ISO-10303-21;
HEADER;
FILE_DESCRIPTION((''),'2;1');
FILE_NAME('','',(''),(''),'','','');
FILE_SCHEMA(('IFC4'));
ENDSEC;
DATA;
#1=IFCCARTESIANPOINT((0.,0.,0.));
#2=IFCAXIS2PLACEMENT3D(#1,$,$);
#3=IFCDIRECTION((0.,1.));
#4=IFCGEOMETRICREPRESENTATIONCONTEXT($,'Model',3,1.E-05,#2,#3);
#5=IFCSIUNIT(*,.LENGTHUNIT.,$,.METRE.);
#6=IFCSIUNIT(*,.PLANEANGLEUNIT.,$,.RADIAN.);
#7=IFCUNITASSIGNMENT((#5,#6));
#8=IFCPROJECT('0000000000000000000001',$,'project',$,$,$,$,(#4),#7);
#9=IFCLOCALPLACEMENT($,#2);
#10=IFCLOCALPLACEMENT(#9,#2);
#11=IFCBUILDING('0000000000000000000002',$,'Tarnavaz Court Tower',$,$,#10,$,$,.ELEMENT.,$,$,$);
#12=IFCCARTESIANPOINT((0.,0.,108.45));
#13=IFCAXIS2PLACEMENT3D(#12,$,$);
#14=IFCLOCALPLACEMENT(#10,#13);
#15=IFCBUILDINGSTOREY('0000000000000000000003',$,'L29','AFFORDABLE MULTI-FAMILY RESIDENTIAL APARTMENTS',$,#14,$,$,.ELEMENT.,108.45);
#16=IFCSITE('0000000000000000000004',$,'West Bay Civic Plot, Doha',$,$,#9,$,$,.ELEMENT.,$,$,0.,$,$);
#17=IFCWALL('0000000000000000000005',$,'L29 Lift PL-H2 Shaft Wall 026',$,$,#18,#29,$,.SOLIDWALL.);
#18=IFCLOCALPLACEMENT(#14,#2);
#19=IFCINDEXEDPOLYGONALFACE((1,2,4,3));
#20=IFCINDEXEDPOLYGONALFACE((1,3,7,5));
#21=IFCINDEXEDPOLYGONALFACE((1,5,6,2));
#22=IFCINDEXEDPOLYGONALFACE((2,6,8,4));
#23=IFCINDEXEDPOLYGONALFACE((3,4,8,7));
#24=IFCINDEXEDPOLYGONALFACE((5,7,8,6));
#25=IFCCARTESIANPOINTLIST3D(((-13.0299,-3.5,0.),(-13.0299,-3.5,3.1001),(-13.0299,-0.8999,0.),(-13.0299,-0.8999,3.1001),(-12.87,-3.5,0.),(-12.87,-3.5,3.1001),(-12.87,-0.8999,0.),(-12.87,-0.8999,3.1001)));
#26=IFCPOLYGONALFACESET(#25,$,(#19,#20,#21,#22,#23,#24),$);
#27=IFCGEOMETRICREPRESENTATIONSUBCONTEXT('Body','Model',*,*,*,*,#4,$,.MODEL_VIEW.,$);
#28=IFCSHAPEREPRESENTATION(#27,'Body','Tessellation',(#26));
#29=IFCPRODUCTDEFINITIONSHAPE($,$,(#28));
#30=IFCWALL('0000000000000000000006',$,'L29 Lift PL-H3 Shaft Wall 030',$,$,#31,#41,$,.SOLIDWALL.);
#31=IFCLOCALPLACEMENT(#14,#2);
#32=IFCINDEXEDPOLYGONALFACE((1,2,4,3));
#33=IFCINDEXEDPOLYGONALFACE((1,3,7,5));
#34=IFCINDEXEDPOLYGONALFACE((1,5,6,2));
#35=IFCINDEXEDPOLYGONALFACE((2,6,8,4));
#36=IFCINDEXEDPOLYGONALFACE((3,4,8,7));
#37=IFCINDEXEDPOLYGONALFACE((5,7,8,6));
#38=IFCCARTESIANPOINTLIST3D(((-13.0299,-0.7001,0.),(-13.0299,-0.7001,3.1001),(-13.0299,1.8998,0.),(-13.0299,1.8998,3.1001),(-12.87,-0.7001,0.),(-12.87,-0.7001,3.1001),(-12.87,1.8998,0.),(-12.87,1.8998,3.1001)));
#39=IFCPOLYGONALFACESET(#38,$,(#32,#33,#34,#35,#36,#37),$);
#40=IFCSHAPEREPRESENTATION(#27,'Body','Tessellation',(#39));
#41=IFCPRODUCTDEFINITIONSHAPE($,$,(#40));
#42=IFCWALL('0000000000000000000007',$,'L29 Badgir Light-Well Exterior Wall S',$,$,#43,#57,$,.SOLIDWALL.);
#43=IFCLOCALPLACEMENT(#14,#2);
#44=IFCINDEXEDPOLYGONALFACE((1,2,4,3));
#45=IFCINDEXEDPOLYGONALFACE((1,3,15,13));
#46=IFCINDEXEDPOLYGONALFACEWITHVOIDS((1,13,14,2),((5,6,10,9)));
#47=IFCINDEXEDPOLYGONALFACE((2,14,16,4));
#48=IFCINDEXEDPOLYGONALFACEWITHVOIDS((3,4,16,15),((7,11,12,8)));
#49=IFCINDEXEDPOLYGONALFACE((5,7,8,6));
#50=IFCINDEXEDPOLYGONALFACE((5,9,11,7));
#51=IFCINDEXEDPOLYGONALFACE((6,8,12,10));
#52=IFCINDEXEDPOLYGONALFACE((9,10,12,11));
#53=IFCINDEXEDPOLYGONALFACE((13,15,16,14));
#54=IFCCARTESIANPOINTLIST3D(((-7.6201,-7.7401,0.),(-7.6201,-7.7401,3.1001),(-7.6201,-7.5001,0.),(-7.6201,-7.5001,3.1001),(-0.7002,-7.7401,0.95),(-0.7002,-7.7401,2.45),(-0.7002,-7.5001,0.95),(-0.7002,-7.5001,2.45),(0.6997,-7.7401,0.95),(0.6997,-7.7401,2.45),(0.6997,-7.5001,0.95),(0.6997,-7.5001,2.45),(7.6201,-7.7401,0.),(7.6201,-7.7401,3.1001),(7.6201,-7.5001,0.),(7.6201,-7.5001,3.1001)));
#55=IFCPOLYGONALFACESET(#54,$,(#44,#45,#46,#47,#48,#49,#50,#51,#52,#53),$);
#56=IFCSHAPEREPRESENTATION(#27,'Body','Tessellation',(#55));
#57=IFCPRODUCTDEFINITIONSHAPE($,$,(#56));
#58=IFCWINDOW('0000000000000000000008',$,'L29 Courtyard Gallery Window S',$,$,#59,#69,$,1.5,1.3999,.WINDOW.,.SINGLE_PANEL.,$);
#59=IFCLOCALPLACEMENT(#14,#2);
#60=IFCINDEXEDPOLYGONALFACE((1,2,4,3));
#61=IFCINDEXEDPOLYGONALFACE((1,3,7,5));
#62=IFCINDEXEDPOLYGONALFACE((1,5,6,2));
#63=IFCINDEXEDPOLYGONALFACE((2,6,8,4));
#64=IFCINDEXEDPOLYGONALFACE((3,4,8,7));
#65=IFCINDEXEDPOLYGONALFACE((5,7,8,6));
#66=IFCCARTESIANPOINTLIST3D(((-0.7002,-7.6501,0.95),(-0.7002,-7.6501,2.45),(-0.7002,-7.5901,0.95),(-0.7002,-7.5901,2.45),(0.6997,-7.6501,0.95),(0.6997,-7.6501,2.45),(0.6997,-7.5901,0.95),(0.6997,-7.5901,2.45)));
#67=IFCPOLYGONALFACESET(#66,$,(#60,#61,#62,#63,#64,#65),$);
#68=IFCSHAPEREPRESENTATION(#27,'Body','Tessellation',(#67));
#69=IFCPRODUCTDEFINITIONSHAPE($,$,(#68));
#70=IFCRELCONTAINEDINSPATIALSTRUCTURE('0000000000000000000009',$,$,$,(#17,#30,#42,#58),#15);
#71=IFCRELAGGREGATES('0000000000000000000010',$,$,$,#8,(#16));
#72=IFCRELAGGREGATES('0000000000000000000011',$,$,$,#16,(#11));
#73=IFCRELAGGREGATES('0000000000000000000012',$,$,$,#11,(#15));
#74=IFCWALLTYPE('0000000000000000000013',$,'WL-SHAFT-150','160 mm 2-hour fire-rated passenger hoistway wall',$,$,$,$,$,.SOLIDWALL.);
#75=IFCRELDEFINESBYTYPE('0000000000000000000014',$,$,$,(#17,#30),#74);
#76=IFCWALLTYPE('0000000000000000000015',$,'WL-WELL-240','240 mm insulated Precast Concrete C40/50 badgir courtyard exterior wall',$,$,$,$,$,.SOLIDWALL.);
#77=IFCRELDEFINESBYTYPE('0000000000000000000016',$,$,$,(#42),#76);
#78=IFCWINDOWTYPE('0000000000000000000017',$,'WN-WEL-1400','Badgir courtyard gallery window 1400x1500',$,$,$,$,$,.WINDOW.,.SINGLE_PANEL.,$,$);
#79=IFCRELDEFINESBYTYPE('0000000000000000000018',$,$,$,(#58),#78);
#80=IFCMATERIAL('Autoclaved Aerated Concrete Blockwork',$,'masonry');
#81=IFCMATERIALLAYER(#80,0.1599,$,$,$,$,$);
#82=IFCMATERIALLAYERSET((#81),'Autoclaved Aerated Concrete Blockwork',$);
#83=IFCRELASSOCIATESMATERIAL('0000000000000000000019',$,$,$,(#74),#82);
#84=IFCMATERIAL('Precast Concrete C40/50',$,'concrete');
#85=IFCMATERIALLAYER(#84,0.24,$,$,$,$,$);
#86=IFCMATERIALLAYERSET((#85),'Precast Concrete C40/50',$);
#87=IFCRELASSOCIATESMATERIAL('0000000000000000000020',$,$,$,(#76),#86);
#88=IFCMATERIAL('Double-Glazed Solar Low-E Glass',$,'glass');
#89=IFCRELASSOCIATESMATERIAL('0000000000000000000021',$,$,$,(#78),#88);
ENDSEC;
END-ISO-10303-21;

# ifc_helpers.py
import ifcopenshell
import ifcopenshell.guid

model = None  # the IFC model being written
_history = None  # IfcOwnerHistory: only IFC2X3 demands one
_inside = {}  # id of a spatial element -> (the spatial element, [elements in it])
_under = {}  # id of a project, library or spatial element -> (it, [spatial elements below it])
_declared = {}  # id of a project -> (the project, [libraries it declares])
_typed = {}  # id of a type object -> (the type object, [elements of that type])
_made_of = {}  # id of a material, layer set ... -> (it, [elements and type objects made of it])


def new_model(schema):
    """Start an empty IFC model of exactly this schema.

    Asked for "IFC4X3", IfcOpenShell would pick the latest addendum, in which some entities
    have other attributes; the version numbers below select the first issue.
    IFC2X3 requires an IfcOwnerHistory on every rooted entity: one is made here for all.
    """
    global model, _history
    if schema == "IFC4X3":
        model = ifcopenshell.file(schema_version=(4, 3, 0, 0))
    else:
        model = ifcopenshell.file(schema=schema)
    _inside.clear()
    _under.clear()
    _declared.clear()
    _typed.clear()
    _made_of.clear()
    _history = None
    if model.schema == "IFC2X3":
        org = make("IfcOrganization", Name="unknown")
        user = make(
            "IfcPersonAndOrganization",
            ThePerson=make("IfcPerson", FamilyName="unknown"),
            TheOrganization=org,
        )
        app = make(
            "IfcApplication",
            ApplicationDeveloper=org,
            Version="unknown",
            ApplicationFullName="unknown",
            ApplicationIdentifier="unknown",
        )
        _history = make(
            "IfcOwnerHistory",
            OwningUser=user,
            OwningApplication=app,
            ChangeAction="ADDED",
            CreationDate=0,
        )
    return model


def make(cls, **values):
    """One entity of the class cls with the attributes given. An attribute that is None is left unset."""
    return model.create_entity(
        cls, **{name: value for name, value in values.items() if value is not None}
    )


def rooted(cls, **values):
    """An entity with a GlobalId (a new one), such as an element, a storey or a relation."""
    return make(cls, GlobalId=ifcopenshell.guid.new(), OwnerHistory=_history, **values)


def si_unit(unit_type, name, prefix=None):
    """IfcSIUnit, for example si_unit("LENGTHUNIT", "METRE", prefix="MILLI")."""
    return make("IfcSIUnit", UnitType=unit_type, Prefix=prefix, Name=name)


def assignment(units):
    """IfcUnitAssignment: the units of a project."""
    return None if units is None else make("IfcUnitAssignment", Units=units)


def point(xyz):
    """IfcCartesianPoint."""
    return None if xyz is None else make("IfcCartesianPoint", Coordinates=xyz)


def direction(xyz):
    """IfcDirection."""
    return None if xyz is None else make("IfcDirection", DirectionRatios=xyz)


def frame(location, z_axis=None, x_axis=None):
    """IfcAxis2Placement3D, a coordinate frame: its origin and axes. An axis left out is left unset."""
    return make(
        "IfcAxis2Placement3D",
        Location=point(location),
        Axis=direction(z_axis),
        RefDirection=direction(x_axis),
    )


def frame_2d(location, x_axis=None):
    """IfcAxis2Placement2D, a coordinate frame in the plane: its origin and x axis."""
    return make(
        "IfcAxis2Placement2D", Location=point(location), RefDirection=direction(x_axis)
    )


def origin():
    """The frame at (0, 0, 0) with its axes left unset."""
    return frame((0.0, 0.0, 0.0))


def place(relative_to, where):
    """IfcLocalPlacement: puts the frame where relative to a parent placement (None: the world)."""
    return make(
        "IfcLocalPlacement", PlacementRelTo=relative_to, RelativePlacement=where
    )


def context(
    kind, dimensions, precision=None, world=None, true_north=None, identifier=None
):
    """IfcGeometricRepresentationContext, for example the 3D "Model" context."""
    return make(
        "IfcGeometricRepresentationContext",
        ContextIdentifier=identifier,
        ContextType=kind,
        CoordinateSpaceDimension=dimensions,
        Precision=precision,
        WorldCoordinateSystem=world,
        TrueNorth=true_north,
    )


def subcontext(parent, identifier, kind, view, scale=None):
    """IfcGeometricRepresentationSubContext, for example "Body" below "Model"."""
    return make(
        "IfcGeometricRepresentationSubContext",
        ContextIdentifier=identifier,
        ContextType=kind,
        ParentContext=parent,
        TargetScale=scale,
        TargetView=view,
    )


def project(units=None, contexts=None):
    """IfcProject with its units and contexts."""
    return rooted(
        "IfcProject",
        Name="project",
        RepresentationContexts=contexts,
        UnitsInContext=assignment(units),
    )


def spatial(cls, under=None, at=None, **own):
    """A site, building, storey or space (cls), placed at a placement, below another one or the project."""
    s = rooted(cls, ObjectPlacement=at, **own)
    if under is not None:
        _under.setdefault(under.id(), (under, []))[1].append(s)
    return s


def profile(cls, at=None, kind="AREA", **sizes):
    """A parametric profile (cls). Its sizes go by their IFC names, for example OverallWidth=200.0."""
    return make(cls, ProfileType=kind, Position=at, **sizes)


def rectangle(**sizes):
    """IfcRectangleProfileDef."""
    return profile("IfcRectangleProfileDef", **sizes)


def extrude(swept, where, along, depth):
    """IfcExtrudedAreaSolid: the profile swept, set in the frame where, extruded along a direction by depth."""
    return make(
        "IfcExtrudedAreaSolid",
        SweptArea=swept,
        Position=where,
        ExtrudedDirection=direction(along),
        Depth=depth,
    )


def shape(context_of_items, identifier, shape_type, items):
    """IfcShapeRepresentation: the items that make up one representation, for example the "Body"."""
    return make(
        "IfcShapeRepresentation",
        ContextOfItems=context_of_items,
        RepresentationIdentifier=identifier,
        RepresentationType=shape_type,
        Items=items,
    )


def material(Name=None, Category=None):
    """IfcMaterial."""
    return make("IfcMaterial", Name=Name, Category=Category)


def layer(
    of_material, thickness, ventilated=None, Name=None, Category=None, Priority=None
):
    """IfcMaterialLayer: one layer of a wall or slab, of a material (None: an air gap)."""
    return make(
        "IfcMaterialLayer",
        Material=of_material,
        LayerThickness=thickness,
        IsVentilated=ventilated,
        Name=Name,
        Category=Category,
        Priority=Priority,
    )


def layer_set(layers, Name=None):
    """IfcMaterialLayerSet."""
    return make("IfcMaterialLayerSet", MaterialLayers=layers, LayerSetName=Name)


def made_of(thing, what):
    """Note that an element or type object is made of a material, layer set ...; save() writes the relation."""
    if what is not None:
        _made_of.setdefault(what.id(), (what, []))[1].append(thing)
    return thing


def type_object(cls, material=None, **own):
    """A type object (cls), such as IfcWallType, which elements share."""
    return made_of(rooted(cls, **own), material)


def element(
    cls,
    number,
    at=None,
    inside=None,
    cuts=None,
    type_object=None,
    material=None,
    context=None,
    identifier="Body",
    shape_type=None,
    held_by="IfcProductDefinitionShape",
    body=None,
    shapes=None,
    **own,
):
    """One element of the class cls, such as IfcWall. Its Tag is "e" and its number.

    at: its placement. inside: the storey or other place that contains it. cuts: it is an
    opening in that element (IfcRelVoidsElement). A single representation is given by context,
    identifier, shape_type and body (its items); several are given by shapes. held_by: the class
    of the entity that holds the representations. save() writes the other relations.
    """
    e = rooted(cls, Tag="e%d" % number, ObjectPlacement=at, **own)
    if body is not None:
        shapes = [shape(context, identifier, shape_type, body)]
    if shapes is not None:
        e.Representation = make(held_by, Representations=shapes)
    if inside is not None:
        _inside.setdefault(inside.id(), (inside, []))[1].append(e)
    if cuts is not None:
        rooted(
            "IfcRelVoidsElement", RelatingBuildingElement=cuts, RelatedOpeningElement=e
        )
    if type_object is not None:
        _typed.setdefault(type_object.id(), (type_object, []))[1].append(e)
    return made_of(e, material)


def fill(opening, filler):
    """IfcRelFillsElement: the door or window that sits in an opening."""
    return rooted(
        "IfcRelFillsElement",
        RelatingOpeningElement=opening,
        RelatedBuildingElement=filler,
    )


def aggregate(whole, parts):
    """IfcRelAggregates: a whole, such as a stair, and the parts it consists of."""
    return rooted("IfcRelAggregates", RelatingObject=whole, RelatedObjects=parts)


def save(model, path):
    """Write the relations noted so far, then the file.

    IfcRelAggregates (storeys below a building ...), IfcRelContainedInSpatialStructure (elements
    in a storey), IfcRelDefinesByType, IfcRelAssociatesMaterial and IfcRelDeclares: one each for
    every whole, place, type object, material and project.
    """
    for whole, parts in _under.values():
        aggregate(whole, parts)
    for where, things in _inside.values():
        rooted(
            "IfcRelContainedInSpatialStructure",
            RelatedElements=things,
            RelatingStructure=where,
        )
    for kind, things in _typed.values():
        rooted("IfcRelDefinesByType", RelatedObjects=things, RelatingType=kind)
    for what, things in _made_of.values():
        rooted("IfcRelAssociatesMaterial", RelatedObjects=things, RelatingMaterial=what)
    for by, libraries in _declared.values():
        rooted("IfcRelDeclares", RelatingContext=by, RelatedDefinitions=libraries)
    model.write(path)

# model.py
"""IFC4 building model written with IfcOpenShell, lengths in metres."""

from ifc_helpers import new_model, si_unit, direction, frame, frame_2d, origin, place, context, subcontext, project, spatial, rectangle, extrude, material, layer, layer_set, type_object, element, fill, save


model = new_model("IFC4")

# Units and contexts
model_context = context("Model", 3, precision=1e-05, world=origin(), true_north=direction((0.0, 1.0)))
body_context = subcontext(model_context, "Body", "Model", "MODEL_VIEW")
ifc_project = project(units=[si_unit("LENGTHUNIT", "METRE"), si_unit("PLANEANGLEUNIT", "RADIAN")], contexts=[model_context])

# Site, building, storey
site_placement = place(None, origin())
site = spatial("IfcSite", under=ifc_project, at=site_placement, Name="West Bay Civic Plot, Doha", CompositionType="ELEMENT", RefElevation=0.0)
building_placement = place(site_placement, origin())
building = spatial("IfcBuilding", under=site, at=building_placement, Name="Tarnavaz Court Tower", CompositionType="ELEMENT")
storey_placement = place(building_placement, frame((0.0, 0.0, 108.45)))
storey = spatial("IfcBuildingStorey", under=building, at=storey_placement, Name="L29", Description="AFFORDABLE MULTI-FAMILY RESIDENTIAL APARTMENTS", CompositionType="ELEMENT", Elevation=108.45)

# Walls
ifc_material_1 = material(Name="Autoclaved Aerated Concrete Blockwork", Category="masonry")
ifc_layer_1 = layer(ifc_material_1, 0.1599)
ifc_layer_set_1 = layer_set([ifc_layer_1], Name="Autoclaved Aerated Concrete Blockwork")
wall_type_1 = type_object("IfcWallType", Name="WL-SHAFT-150", Description="160 mm 2-hour fire-rated passenger hoistway wall", PredefinedType="SOLIDWALL", material=ifc_layer_set_1)
for number, where, z_axis, x_axis, name in (
    (1, (-12.95, -3.5, 0.0), (0.0, 0.0, 1.0), (0.0, 1.0, 0.0), "L29 Lift PL-H2 Shaft Wall 026"),
):
    element("IfcWall", number, at=place(storey_placement, frame(where, z_axis=z_axis, x_axis=x_axis)), inside=storey, type_object=wall_type_1, Name=name, PredefinedType="SOLIDWALL", context=body_context, shape_type="SweptSolid", body=[
        extrude(rectangle(XDim=2.6001, YDim=0.1599, at=frame_2d((1.3, 0.0))), origin(), (0.0, 0.0, 1.0), 3.1001),
    ])
wall_1_placement = place(storey_placement, frame((-12.95, -0.7, 0.0), z_axis=(0.0, 0.0, 1.0), x_axis=(0.0, 1.0, 0.0)))
element("IfcWall", 2, at=wall_1_placement, inside=storey, type_object=wall_type_1, Name="L29 Lift PL-H3 Shaft Wall 030", PredefinedType="SOLIDWALL", context=body_context, shape_type="SweptSolid", body=[
    extrude(rectangle(XDim=2.5999, YDim=0.1599, at=frame_2d((1.2998, 0.0))), origin(), (0.0, 0.0, 1.0), 3.1001),
])

# Wall, opening, window
ifc_material_2 = material(Name="Precast Concrete C40/50", Category="concrete")
ifc_layer_2 = layer(ifc_material_2, 0.24)
ifc_layer_set_2 = layer_set([ifc_layer_2], Name="Precast Concrete C40/50")
wall_type_2 = type_object("IfcWallType", Name="WL-WELL-240", Description="240 mm insulated Precast Concrete C40/50 badgir courtyard exterior wall", PredefinedType="SOLIDWALL", material=ifc_layer_set_2)
wall_2_placement = place(storey_placement, frame((-7.6201, -7.6201, 0.0), z_axis=(0.0, 0.0, 1.0), x_axis=(1.0, 0.0, 0.0)))
wall_2 = element("IfcWall", 3, at=wall_2_placement, inside=storey, type_object=wall_type_2, Name="L29 Badgir Light-Well Exterior Wall S", PredefinedType="SOLIDWALL", context=body_context, shape_type="SweptSolid", body=[
    extrude(rectangle(XDim=15.2402, YDim=0.24, at=frame_2d((7.6201, 0.0))), origin(), (0.0, 0.0, 1.0), 3.1001),
])
opening_1_placement = place(wall_2_placement, frame((6.9199, 0.0, 0.95)))
opening_1 = element("IfcOpeningElement", 4, at=opening_1_placement, cuts=wall_2, PredefinedType="OPENING", context=body_context, shape_type="SweptSolid", body=[
    extrude(rectangle(XDim=1.3999, YDim=1.5, at=frame_2d((0.7, 0.75))), frame((0.0, 0.1299, 0.0), z_axis=(0.0, -1.0, 0.0), x_axis=(1.0, 0.0, 0.0)), (0.0, 0.0, 1.0), 0.26),
])
ifc_material_3 = material(Name="Double-Glazed Solar Low-E Glass", Category="glass")
window_type = type_object("IfcWindowType", Name="WN-WEL-1400", Description="Badgir courtyard gallery window 1400x1500", PartitioningType="SINGLE_PANEL", PredefinedType="WINDOW", material=ifc_material_3)
window_placement = place(opening_1_placement, origin())
window = element("IfcWindow", 5, at=window_placement, inside=storey, type_object=window_type, Name="L29 Courtyard Gallery Window S", OverallHeight=1.5, OverallWidth=1.3999, PartitioningType="SINGLE_PANEL", PredefinedType="WINDOW", context=body_context, shape_type="SweptSolid", body=[
    extrude(rectangle(XDim=1.3999, YDim=1.5, at=frame_2d((0.7, 0.75))), frame((0.0, 0.03, 0.0), z_axis=(0.0, -1.0, 0.0), x_axis=(1.0, 0.0, 0.0)), (0.0, 0.0, 1.0), 0.0601),
])
fill(opening_1, window)

save(model, "model.ifc")
